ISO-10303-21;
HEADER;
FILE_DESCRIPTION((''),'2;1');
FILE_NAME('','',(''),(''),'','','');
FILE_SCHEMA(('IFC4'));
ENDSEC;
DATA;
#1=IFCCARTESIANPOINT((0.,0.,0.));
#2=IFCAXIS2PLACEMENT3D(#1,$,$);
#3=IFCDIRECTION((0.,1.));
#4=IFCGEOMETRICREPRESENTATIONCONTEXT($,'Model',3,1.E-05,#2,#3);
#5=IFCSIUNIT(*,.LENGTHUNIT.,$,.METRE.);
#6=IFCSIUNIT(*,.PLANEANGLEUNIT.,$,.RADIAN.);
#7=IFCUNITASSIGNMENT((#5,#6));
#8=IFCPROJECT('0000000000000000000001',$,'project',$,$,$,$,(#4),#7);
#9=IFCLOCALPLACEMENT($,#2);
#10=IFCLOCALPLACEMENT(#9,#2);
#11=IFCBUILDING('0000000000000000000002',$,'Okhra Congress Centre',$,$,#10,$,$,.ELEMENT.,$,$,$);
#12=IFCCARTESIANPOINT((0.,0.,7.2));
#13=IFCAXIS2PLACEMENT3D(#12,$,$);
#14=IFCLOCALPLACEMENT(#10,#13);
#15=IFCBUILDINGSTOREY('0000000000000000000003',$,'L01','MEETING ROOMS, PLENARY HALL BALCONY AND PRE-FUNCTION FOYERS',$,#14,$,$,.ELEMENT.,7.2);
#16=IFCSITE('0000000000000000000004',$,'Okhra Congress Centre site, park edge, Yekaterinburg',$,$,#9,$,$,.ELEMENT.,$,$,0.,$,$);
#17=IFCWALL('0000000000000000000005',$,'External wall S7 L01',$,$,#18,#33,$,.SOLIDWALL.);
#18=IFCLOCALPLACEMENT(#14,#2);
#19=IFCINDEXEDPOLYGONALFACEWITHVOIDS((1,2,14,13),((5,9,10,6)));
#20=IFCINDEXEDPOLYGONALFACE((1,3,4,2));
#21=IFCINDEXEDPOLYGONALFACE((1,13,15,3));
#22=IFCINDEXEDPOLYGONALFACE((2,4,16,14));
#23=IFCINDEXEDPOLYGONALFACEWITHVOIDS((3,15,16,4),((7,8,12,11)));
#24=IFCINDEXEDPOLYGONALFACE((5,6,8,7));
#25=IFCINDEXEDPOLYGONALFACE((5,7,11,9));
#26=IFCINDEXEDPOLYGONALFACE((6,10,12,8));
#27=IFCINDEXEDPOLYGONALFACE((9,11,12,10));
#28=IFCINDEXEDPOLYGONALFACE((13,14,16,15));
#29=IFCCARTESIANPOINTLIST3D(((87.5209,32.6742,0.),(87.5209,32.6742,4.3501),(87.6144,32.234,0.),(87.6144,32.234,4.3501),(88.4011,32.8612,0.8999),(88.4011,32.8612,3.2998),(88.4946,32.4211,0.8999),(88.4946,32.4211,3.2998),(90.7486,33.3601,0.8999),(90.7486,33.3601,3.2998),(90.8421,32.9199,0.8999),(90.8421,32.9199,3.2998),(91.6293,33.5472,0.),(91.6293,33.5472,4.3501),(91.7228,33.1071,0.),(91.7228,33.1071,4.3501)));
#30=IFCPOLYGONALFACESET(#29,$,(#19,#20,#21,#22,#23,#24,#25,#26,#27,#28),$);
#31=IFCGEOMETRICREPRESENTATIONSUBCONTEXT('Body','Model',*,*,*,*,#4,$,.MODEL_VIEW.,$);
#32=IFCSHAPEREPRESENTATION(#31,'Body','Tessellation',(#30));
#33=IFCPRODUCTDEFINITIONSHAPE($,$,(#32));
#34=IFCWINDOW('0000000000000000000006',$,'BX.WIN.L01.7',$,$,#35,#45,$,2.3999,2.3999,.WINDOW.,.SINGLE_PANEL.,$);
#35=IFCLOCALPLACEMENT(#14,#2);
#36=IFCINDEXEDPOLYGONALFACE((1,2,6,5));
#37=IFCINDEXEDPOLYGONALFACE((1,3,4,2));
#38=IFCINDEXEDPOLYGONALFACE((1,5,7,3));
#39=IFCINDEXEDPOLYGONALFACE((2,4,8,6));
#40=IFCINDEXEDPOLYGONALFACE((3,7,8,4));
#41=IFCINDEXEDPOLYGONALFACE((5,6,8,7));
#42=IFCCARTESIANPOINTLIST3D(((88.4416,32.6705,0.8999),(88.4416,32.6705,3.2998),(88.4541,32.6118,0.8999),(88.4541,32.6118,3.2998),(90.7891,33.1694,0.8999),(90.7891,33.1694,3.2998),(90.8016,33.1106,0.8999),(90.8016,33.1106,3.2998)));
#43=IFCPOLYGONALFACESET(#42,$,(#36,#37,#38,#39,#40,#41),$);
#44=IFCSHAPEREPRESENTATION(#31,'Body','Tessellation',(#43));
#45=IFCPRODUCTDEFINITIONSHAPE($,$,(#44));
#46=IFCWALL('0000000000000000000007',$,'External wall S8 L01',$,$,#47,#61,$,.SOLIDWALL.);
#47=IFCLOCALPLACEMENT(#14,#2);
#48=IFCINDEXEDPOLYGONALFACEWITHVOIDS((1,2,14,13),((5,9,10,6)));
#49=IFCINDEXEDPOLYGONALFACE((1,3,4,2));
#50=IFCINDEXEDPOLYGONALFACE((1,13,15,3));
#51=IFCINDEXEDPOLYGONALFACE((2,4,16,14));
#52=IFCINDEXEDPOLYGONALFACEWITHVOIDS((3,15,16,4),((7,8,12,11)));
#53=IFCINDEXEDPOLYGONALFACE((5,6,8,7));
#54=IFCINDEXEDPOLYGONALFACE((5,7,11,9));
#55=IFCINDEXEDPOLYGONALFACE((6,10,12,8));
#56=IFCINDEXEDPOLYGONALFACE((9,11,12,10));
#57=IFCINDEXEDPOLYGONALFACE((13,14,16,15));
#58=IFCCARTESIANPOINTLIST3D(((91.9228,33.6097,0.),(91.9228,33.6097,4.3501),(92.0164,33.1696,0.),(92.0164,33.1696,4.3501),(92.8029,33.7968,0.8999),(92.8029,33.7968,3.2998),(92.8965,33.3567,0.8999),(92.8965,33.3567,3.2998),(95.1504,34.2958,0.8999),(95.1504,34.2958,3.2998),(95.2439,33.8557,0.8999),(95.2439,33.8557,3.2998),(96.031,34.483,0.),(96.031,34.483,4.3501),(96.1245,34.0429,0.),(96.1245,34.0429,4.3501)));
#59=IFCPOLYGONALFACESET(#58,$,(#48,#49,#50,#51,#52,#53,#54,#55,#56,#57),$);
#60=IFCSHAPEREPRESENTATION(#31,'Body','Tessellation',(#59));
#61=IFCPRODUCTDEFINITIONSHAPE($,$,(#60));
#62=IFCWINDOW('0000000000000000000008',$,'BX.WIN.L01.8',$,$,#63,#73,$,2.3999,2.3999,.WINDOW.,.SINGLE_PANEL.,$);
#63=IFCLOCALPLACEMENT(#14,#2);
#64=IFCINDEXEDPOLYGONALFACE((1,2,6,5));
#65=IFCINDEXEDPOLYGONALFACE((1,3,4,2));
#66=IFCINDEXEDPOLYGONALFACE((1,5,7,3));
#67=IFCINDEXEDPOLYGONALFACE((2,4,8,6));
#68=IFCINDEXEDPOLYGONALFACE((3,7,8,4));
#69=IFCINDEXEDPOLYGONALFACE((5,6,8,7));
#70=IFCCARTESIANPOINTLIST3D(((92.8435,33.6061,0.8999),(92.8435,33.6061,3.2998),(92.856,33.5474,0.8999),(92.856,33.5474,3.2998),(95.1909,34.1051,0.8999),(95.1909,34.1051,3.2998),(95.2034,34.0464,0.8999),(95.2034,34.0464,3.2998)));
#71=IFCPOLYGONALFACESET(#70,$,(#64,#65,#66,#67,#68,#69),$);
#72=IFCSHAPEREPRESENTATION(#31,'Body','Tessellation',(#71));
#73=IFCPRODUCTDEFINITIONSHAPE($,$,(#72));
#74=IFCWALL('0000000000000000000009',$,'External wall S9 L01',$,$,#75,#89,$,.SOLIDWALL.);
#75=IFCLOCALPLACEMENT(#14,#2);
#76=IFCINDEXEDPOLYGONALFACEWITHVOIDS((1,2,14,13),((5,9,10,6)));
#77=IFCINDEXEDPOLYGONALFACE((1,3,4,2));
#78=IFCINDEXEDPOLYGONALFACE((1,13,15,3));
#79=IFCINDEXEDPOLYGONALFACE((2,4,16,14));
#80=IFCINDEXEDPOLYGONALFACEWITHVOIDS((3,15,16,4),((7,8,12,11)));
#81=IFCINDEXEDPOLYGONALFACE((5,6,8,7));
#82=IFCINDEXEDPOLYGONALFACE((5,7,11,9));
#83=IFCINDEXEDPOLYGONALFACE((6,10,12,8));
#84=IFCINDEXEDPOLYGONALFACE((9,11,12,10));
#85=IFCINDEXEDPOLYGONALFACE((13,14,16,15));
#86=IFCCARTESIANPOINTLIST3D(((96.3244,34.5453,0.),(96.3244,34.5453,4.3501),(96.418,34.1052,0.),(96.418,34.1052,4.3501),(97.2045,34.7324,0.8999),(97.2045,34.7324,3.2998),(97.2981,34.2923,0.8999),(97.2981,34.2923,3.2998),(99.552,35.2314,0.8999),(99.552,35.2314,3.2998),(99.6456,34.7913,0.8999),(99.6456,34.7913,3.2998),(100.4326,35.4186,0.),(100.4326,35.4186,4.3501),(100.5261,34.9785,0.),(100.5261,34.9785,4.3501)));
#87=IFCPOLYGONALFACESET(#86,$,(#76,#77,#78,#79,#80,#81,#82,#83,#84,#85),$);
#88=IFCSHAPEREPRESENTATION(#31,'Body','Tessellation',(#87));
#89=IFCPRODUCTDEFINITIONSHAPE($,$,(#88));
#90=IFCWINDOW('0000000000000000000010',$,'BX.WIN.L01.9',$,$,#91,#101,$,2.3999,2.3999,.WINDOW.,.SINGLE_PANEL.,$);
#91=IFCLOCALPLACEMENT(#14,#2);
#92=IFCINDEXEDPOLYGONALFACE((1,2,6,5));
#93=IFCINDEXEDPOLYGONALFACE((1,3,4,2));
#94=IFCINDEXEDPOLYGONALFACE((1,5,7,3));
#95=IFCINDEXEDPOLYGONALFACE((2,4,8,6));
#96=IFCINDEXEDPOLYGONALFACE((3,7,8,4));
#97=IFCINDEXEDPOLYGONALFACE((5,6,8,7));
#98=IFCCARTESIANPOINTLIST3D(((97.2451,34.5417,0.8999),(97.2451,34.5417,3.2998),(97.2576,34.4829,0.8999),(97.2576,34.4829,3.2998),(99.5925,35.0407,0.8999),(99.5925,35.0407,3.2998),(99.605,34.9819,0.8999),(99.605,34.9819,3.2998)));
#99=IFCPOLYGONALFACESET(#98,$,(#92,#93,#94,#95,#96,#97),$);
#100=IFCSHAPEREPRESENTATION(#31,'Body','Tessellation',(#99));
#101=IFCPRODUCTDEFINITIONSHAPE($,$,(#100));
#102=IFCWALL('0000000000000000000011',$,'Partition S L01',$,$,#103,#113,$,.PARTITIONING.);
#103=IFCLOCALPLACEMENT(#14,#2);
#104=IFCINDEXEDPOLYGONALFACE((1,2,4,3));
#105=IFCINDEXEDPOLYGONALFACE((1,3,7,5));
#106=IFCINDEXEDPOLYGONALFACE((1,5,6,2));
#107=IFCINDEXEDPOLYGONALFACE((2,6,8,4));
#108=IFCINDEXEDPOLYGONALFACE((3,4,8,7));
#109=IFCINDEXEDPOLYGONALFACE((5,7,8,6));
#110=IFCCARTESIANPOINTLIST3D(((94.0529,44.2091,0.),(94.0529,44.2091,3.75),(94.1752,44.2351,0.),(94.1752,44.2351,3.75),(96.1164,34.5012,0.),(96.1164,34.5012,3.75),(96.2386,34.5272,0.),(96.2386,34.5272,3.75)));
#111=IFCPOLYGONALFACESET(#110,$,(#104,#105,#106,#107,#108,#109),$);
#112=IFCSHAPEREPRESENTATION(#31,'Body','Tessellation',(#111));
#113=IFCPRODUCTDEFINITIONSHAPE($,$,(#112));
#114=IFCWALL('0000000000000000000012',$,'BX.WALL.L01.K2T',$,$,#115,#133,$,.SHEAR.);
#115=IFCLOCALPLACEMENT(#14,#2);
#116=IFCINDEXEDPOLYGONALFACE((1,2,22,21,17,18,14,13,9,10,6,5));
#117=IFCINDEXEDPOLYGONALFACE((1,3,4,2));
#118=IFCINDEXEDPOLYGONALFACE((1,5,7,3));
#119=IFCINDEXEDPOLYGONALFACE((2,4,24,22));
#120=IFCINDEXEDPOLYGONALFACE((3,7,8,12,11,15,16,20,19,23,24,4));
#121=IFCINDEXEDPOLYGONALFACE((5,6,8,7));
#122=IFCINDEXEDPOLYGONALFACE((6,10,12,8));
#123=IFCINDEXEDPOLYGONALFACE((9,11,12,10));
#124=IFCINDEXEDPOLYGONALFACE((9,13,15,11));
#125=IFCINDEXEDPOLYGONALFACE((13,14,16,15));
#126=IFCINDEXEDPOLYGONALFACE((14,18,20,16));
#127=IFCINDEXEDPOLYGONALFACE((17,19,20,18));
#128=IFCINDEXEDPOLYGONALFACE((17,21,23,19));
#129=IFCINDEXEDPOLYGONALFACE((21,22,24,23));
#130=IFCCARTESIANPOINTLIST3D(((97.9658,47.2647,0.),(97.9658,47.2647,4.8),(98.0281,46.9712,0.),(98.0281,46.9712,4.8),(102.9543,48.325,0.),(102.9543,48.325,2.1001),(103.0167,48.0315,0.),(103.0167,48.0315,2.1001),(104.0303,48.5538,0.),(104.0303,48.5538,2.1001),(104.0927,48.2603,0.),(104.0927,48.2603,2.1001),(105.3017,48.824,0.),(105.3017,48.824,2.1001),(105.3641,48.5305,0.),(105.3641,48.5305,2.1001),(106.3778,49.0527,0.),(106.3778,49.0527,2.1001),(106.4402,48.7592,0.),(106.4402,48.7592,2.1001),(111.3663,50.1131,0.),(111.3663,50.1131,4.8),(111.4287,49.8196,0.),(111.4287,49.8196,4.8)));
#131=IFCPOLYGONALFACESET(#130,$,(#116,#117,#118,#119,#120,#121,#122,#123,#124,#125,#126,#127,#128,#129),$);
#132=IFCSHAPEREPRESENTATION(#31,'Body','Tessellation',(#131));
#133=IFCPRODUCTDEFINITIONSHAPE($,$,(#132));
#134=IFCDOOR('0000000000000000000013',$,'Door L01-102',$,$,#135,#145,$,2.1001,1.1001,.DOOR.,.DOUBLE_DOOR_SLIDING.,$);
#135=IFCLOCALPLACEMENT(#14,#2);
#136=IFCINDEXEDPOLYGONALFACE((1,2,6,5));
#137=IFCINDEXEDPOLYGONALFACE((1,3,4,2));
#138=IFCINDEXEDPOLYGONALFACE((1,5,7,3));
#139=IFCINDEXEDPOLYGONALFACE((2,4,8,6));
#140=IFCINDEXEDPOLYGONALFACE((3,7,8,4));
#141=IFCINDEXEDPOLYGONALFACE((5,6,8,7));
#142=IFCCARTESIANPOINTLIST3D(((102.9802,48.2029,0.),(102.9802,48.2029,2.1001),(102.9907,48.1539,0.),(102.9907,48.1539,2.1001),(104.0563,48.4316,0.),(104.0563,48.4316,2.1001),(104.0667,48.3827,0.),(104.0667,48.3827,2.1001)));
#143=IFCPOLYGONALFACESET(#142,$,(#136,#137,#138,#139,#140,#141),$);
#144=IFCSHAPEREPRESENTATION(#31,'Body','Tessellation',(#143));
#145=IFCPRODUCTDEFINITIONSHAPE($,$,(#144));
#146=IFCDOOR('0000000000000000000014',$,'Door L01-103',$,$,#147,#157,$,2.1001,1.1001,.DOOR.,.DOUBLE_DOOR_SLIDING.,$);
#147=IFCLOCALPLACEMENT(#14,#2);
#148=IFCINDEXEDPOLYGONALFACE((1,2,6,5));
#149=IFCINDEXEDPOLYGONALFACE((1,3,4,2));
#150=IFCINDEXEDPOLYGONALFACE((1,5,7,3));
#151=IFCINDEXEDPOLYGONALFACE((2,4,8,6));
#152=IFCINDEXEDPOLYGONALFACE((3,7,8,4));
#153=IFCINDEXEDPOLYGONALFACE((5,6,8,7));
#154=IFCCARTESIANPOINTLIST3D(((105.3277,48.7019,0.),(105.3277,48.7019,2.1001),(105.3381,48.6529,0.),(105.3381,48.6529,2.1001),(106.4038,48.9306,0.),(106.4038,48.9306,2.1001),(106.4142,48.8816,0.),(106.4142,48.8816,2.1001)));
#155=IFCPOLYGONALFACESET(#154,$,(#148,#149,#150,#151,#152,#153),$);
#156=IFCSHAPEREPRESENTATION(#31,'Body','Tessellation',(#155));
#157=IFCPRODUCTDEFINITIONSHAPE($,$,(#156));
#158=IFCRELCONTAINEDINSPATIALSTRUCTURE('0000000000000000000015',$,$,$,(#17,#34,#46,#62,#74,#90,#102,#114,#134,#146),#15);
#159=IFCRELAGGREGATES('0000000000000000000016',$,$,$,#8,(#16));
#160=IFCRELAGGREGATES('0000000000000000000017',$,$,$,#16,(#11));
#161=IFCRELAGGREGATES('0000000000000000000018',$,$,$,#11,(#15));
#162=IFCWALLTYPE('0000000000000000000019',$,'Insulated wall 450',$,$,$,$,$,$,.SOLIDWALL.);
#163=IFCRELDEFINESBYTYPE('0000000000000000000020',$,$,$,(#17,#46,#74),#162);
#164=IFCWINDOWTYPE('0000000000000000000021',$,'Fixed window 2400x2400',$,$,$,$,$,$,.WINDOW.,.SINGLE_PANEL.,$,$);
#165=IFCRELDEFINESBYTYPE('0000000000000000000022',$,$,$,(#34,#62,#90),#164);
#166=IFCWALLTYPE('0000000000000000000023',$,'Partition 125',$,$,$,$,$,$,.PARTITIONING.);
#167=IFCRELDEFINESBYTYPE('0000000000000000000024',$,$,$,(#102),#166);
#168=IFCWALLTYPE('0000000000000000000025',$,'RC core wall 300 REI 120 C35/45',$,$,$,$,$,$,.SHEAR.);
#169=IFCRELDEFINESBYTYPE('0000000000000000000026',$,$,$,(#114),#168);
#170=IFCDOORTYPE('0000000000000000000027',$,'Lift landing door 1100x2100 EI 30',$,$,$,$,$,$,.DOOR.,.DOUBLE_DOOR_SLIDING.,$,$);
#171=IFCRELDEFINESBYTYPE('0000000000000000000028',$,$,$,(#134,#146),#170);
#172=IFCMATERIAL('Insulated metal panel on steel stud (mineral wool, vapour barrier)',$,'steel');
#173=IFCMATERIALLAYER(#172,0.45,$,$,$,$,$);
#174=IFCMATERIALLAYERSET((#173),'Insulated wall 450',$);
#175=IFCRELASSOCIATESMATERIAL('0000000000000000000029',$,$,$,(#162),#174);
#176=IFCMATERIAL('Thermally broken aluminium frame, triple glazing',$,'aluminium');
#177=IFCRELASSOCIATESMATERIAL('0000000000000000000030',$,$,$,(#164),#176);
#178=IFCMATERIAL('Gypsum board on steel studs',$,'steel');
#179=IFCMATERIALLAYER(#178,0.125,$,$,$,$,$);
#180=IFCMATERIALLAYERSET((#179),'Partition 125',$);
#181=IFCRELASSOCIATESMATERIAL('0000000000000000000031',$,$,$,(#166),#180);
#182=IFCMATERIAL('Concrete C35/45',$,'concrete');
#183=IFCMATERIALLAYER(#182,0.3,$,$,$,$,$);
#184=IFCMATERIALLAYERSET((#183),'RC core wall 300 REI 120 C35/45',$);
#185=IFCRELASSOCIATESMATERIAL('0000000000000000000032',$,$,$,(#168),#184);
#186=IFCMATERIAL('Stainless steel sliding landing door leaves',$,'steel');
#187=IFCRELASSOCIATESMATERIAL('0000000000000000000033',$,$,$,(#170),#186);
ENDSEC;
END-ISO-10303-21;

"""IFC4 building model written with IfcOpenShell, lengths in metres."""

from ifc_helpers import new_model, si_unit, direction, frame, frame_2d, origin, place, context, subcontext, project, spatial, rectangle, extrude, material, layer, layer_set, type_object, element, fill, save


model = new_model("IFC4")

# Units and contexts
model_context = context("Model", 3, precision=1e-05, world=origin(), true_north=direction((0.0, 1.0)))
body_context = subcontext(model_context, "Body", "Model", "MODEL_VIEW")
ifc_project = project(units=[si_unit("LENGTHUNIT", "METRE"), si_unit("PLANEANGLEUNIT", "RADIAN")], contexts=[model_context])

# Site, building, storey
site_placement = place(None, origin())
site = spatial("IfcSite", under=ifc_project, at=site_placement, Name="Okhra Congress Centre site, park edge, Yekaterinburg", CompositionType="ELEMENT", RefElevation=0.0)
building_placement = place(site_placement, origin())
building = spatial("IfcBuilding", under=site, at=building_placement, Name="Okhra Congress Centre", CompositionType="ELEMENT")
storey_placement = place(building_placement, frame((0.0, 0.0, 7.2)))
storey = spatial("IfcBuildingStorey", under=building, at=storey_placement, Name="L01", Description="MEETING ROOMS, PLENARY HALL BALCONY AND PRE-FUNCTION FOYERS", CompositionType="ELEMENT", Elevation=7.2)

# Walls, openings, windows
ifc_material_1 = material(Name="Insulated metal panel on steel stud (mineral wool, vapour barrier)", Category="steel")
ifc_layer_1 = layer(ifc_material_1, 0.45)
ifc_layer_set_1 = layer_set([ifc_layer_1], Name="Insulated wall 450")
wall_type_1 = type_object("IfcWallType", Name="Insulated wall 450", PredefinedType="SOLIDWALL", material=ifc_layer_set_1)
wall_1_placement = place(storey_placement, frame((87.5676, 32.4541, 0.0), z_axis=(0.0, 0.0, 1.0), x_axis=(0.978158, 0.207862, 0.0)))
wall_1 = element("IfcWall", 1, at=wall_1_placement, inside=storey, type_object=wall_type_1, Name="External wall S7 L01", PredefinedType="SOLIDWALL", context=body_context, shape_type="SweptSolid", body=[
    extrude(rectangle(XDim=4.2002, YDim=0.45, at=frame_2d((2.1001, 0.0))), origin(), (0.0, 0.0, 1.0), 4.3501),
])
opening_1_placement = place(wall_1_placement, frame((0.8999, 0.0, 0.8999)))
opening_1 = element("IfcOpeningElement", 2, at=opening_1_placement, cuts=wall_1, PredefinedType="OPENING", context=body_context, shape_type="SweptSolid", body=[
    extrude(rectangle(XDim=2.3999, YDim=2.3999, at=frame_2d((1.2, 1.2))), frame((0.0, 0.2349, 0.0), z_axis=(0.0, -1.0, 0.0), x_axis=(1.0, 0.0, 0.0)), (0.0, 0.0, 1.0), 0.47),
])
ifc_material_2 = material(Name="Thermally broken aluminium frame, triple glazing", Category="aluminium")
window_type = type_object("IfcWindowType", Name="Fixed window 2400x2400", PartitioningType="SINGLE_PANEL", PredefinedType="WINDOW", material=ifc_material_2)
window_1_placement = place(opening_1_placement, origin())
window_1 = element("IfcWindow", 3, at=window_1_placement, inside=storey, type_object=window_type, Name="BX.WIN.L01.7", OverallHeight=2.3999, OverallWidth=2.3999, PartitioningType="SINGLE_PANEL", PredefinedType="WINDOW", context=body_context, shape_type="SweptSolid", body=[
    extrude(rectangle(XDim=2.3999, YDim=2.3999, at=frame_2d((1.2, 1.2))), frame((0.0, 0.03, 0.0), z_axis=(0.0, -1.0, 0.0), x_axis=(1.0, 0.0, 0.0)), (0.0, 0.0, 1.0), 0.0601),
])
fill(opening_1, window_1)
wall_2_placement = place(storey_placement, frame((91.9695, 33.3896, 0.0), z_axis=(0.0, 0.0, 1.0), x_axis=(0.978144, 0.207929, 0.0)))
wall_2 = element("IfcWall", 4, at=wall_2_placement, inside=storey, type_object=wall_type_1, Name="External wall S8 L01", PredefinedType="SOLIDWALL", context=body_context, shape_type="SweptSolid", body=[
    extrude(rectangle(XDim=4.2, YDim=0.45, at=frame_2d((2.1001, 0.0))), origin(), (0.0, 0.0, 1.0), 4.3501),
])
opening_2_placement = place(wall_2_placement, frame((0.8999, 0.0, 0.8999)))
opening_2 = element("IfcOpeningElement", 5, at=opening_2_placement, cuts=wall_2, PredefinedType="OPENING", context=body_context, shape_type="SweptSolid", body=[
    extrude(rectangle(XDim=2.3999, YDim=2.3999, at=frame_2d((1.2, 1.2))), frame((0.0, 0.2349, 0.0), z_axis=(0.0, -1.0, 0.0), x_axis=(1.0, 0.0, 0.0)), (0.0, 0.0, 1.0), 0.47),
])
window_2_placement = place(opening_2_placement, origin())
window_2 = element("IfcWindow", 6, at=window_2_placement, inside=storey, type_object=window_type, Name="BX.WIN.L01.8", OverallHeight=2.3999, OverallWidth=2.3999, PartitioningType="SINGLE_PANEL", PredefinedType="WINDOW", context=body_context, shape_type="SweptSolid", body=[
    extrude(rectangle(XDim=2.3999, YDim=2.3999, at=frame_2d((1.2, 1.2))), frame((0.0, 0.03, 0.0), z_axis=(0.0, -1.0, 0.0), x_axis=(1.0, 0.0, 0.0)), (0.0, 0.0, 1.0), 0.0601),
])
fill(opening_2, window_2)
wall_3_placement = place(storey_placement, frame((96.3711, 34.3252, 0.0), z_axis=(0.0, 0.0, 1.0), x_axis=(0.978144, 0.207929, 0.0)))
wall_3 = element("IfcWall", 7, at=wall_3_placement, inside=storey, type_object=wall_type_1, Name="External wall S9 L01", PredefinedType="SOLIDWALL", context=body_context, shape_type="SweptSolid", body=[
    extrude(rectangle(XDim=4.2, YDim=0.45, at=frame_2d((2.1001, 0.0))), origin(), (0.0, 0.0, 1.0), 4.3501),
])
opening_3_placement = place(wall_3_placement, frame((0.8999, 0.0, 0.8999)))
opening_3 = element("IfcOpeningElement", 8, at=opening_3_placement, cuts=wall_3, PredefinedType="OPENING", context=body_context, shape_type="SweptSolid", body=[
    extrude(rectangle(XDim=2.3999, YDim=2.3999, at=frame_2d((1.2, 1.2))), frame((0.0, 0.2349, 0.0), z_axis=(0.0, -1.0, 0.0), x_axis=(1.0, 0.0, 0.0)), (0.0, 0.0, 1.0), 0.47),
])
window_3_placement = place(opening_3_placement, origin())
window_3 = element("IfcWindow", 9, at=window_3_placement, inside=storey, type_object=window_type, Name="BX.WIN.L01.9", OverallHeight=2.3999, OverallWidth=2.3999, PartitioningType="SINGLE_PANEL", PredefinedType="WINDOW", context=body_context, shape_type="SweptSolid", body=[
    extrude(rectangle(XDim=2.3999, YDim=2.3999, at=frame_2d((1.2, 1.2))), frame((0.0, 0.03, 0.0), z_axis=(0.0, -1.0, 0.0), x_axis=(1.0, 0.0, 0.0)), (0.0, 0.0, 1.0), 0.0601),
])
fill(opening_3, window_3)

# Wall
ifc_material_3 = material(Name="Gypsum board on steel studs", Category="steel")
ifc_layer_2 = layer(ifc_material_3, 0.125)
ifc_layer_set_2 = layer_set([ifc_layer_2], Name="Partition 125")
wall_type_2 = type_object("IfcWallType", Name="Partition 125", PredefinedType="PARTITIONING", material=ifc_layer_set_2)
wall_4_placement = place(storey_placement, frame((96.1775, 34.5142, 0.0), z_axis=(0.0, 0.0, 1.0), x_axis=(-0.207909, 0.978148, 0.0)))
element("IfcWall", 10, at=wall_4_placement, inside=storey, type_object=wall_type_2, Name="Partition S L01", PredefinedType="PARTITIONING", context=body_context, shape_type="SweptSolid", body=[
    extrude(rectangle(XDim=9.9248, YDim=0.125, at=frame_2d((4.9624, 0.0))), origin(), (0.0, 0.0, 1.0), 3.75),
])

# Wall, openings, doors
ifc_material_4 = material(Name="Concrete C35/45", Category="concrete")
ifc_layer_3 = layer(ifc_material_4, 0.3)
ifc_layer_set_3 = layer_set([ifc_layer_3], Name="RC core wall 300 REI 120 C35/45")
wall_type_3 = type_object("IfcWallType", Name="RC core wall 300 REI 120 C35/45", PredefinedType="SHEAR", material=ifc_layer_set_3)
wall_5_placement = place(storey_placement, frame((97.9968, 47.1179, 0.0), z_axis=(0.0, 0.0, 1.0), x_axis=(0.978148, 0.207911, 0.0)))
wall_5 = element("IfcWall", 11, at=wall_5_placement, inside=storey, type_object=wall_type_3, Name="BX.WALL.L01.K2T", PredefinedType="SHEAR", context=body_context, shape_type="SweptSolid", body=[
    extrude(rectangle(XDim=13.7, YDim=0.3, at=frame_2d((6.8501, 0.0))), origin(), (0.0, 0.0, 1.0), 4.8),
])
opening_4_placement = place(wall_5_placement, frame((5.1001, 0.0, 0.0)))
opening_4 = element("IfcOpeningElement", 12, at=opening_4_placement, cuts=wall_5, PredefinedType="OPENING", context=body_context, shape_type="SweptSolid", body=[
    extrude(rectangle(XDim=1.1001, YDim=2.1001, at=frame_2d((0.55, 1.05))), frame((0.0, 0.1599, 0.0), z_axis=(0.0, -1.0, 0.0), x_axis=(1.0, 0.0, 0.0)), (0.0, 0.0, 1.0), 0.3201),
])
opening_5_placement = place(wall_5_placement, frame((7.5, 0.0, 0.0)))
opening_5 = element("IfcOpeningElement", 13, at=opening_5_placement, cuts=wall_5, PredefinedType="OPENING", context=body_context, shape_type="SweptSolid", body=[
    extrude(rectangle(XDim=1.1001, YDim=2.1001, at=frame_2d((0.55, 1.05))), frame((0.0, 0.1599, 0.0), z_axis=(0.0, -1.0, 0.0), x_axis=(1.0, 0.0, 0.0)), (0.0, 0.0, 1.0), 0.3201),
])
ifc_material_5 = material(Name="Stainless steel sliding landing door leaves", Category="steel")
door_type = type_object("IfcDoorType", Name="Lift landing door 1100x2100 EI 30", OperationType="DOUBLE_DOOR_SLIDING", PredefinedType="DOOR", material=ifc_material_5)
door_1_placement = place(opening_4_placement, frame((1.1001, 0.0, 0.0), z_axis=(0.0, 0.0, 1.0), x_axis=(-1.0, 0.0, 0.0)))
door_1 = element("IfcDoor", 14, at=door_1_placement, inside=storey, type_object=door_type, Name="Door L01-102", OperationType="DOUBLE_DOOR_SLIDING", OverallHeight=2.1001, OverallWidth=1.1001, PredefinedType="DOOR", context=body_context, shape_type="SweptSolid", body=[
    extrude(rectangle(XDim=1.1001, YDim=2.1001, at=frame_2d((0.55, 1.05))), frame((0.0, 0.0249, 0.0), z_axis=(0.0, -1.0, 0.0), x_axis=(1.0, 0.0, 0.0)), (0.0, 0.0, 1.0), 0.05),
])
fill(opening_4, door_1)
door_2_placement = place(opening_5_placement, frame((1.1001, 0.0, 0.0), z_axis=(0.0, 0.0, 1.0), x_axis=(-1.0, 0.0, 0.0)))
door_2 = element("IfcDoor", 15, at=door_2_placement, inside=storey, type_object=door_type, Name="Door L01-103", OperationType="DOUBLE_DOOR_SLIDING", OverallHeight=2.1001, OverallWidth=1.1001, PredefinedType="DOOR", context=body_context, shape_type="SweptSolid", body=[
    extrude(rectangle(XDim=1.1001, YDim=2.1001, at=frame_2d((0.55, 1.05))), frame((0.0, 0.0249, 0.0), z_axis=(0.0, -1.0, 0.0), x_axis=(1.0, 0.0, 0.0)), (0.0, 0.0, 1.0), 0.05),
])
fill(opening_5, door_2)

save(model, "model.ifc")
